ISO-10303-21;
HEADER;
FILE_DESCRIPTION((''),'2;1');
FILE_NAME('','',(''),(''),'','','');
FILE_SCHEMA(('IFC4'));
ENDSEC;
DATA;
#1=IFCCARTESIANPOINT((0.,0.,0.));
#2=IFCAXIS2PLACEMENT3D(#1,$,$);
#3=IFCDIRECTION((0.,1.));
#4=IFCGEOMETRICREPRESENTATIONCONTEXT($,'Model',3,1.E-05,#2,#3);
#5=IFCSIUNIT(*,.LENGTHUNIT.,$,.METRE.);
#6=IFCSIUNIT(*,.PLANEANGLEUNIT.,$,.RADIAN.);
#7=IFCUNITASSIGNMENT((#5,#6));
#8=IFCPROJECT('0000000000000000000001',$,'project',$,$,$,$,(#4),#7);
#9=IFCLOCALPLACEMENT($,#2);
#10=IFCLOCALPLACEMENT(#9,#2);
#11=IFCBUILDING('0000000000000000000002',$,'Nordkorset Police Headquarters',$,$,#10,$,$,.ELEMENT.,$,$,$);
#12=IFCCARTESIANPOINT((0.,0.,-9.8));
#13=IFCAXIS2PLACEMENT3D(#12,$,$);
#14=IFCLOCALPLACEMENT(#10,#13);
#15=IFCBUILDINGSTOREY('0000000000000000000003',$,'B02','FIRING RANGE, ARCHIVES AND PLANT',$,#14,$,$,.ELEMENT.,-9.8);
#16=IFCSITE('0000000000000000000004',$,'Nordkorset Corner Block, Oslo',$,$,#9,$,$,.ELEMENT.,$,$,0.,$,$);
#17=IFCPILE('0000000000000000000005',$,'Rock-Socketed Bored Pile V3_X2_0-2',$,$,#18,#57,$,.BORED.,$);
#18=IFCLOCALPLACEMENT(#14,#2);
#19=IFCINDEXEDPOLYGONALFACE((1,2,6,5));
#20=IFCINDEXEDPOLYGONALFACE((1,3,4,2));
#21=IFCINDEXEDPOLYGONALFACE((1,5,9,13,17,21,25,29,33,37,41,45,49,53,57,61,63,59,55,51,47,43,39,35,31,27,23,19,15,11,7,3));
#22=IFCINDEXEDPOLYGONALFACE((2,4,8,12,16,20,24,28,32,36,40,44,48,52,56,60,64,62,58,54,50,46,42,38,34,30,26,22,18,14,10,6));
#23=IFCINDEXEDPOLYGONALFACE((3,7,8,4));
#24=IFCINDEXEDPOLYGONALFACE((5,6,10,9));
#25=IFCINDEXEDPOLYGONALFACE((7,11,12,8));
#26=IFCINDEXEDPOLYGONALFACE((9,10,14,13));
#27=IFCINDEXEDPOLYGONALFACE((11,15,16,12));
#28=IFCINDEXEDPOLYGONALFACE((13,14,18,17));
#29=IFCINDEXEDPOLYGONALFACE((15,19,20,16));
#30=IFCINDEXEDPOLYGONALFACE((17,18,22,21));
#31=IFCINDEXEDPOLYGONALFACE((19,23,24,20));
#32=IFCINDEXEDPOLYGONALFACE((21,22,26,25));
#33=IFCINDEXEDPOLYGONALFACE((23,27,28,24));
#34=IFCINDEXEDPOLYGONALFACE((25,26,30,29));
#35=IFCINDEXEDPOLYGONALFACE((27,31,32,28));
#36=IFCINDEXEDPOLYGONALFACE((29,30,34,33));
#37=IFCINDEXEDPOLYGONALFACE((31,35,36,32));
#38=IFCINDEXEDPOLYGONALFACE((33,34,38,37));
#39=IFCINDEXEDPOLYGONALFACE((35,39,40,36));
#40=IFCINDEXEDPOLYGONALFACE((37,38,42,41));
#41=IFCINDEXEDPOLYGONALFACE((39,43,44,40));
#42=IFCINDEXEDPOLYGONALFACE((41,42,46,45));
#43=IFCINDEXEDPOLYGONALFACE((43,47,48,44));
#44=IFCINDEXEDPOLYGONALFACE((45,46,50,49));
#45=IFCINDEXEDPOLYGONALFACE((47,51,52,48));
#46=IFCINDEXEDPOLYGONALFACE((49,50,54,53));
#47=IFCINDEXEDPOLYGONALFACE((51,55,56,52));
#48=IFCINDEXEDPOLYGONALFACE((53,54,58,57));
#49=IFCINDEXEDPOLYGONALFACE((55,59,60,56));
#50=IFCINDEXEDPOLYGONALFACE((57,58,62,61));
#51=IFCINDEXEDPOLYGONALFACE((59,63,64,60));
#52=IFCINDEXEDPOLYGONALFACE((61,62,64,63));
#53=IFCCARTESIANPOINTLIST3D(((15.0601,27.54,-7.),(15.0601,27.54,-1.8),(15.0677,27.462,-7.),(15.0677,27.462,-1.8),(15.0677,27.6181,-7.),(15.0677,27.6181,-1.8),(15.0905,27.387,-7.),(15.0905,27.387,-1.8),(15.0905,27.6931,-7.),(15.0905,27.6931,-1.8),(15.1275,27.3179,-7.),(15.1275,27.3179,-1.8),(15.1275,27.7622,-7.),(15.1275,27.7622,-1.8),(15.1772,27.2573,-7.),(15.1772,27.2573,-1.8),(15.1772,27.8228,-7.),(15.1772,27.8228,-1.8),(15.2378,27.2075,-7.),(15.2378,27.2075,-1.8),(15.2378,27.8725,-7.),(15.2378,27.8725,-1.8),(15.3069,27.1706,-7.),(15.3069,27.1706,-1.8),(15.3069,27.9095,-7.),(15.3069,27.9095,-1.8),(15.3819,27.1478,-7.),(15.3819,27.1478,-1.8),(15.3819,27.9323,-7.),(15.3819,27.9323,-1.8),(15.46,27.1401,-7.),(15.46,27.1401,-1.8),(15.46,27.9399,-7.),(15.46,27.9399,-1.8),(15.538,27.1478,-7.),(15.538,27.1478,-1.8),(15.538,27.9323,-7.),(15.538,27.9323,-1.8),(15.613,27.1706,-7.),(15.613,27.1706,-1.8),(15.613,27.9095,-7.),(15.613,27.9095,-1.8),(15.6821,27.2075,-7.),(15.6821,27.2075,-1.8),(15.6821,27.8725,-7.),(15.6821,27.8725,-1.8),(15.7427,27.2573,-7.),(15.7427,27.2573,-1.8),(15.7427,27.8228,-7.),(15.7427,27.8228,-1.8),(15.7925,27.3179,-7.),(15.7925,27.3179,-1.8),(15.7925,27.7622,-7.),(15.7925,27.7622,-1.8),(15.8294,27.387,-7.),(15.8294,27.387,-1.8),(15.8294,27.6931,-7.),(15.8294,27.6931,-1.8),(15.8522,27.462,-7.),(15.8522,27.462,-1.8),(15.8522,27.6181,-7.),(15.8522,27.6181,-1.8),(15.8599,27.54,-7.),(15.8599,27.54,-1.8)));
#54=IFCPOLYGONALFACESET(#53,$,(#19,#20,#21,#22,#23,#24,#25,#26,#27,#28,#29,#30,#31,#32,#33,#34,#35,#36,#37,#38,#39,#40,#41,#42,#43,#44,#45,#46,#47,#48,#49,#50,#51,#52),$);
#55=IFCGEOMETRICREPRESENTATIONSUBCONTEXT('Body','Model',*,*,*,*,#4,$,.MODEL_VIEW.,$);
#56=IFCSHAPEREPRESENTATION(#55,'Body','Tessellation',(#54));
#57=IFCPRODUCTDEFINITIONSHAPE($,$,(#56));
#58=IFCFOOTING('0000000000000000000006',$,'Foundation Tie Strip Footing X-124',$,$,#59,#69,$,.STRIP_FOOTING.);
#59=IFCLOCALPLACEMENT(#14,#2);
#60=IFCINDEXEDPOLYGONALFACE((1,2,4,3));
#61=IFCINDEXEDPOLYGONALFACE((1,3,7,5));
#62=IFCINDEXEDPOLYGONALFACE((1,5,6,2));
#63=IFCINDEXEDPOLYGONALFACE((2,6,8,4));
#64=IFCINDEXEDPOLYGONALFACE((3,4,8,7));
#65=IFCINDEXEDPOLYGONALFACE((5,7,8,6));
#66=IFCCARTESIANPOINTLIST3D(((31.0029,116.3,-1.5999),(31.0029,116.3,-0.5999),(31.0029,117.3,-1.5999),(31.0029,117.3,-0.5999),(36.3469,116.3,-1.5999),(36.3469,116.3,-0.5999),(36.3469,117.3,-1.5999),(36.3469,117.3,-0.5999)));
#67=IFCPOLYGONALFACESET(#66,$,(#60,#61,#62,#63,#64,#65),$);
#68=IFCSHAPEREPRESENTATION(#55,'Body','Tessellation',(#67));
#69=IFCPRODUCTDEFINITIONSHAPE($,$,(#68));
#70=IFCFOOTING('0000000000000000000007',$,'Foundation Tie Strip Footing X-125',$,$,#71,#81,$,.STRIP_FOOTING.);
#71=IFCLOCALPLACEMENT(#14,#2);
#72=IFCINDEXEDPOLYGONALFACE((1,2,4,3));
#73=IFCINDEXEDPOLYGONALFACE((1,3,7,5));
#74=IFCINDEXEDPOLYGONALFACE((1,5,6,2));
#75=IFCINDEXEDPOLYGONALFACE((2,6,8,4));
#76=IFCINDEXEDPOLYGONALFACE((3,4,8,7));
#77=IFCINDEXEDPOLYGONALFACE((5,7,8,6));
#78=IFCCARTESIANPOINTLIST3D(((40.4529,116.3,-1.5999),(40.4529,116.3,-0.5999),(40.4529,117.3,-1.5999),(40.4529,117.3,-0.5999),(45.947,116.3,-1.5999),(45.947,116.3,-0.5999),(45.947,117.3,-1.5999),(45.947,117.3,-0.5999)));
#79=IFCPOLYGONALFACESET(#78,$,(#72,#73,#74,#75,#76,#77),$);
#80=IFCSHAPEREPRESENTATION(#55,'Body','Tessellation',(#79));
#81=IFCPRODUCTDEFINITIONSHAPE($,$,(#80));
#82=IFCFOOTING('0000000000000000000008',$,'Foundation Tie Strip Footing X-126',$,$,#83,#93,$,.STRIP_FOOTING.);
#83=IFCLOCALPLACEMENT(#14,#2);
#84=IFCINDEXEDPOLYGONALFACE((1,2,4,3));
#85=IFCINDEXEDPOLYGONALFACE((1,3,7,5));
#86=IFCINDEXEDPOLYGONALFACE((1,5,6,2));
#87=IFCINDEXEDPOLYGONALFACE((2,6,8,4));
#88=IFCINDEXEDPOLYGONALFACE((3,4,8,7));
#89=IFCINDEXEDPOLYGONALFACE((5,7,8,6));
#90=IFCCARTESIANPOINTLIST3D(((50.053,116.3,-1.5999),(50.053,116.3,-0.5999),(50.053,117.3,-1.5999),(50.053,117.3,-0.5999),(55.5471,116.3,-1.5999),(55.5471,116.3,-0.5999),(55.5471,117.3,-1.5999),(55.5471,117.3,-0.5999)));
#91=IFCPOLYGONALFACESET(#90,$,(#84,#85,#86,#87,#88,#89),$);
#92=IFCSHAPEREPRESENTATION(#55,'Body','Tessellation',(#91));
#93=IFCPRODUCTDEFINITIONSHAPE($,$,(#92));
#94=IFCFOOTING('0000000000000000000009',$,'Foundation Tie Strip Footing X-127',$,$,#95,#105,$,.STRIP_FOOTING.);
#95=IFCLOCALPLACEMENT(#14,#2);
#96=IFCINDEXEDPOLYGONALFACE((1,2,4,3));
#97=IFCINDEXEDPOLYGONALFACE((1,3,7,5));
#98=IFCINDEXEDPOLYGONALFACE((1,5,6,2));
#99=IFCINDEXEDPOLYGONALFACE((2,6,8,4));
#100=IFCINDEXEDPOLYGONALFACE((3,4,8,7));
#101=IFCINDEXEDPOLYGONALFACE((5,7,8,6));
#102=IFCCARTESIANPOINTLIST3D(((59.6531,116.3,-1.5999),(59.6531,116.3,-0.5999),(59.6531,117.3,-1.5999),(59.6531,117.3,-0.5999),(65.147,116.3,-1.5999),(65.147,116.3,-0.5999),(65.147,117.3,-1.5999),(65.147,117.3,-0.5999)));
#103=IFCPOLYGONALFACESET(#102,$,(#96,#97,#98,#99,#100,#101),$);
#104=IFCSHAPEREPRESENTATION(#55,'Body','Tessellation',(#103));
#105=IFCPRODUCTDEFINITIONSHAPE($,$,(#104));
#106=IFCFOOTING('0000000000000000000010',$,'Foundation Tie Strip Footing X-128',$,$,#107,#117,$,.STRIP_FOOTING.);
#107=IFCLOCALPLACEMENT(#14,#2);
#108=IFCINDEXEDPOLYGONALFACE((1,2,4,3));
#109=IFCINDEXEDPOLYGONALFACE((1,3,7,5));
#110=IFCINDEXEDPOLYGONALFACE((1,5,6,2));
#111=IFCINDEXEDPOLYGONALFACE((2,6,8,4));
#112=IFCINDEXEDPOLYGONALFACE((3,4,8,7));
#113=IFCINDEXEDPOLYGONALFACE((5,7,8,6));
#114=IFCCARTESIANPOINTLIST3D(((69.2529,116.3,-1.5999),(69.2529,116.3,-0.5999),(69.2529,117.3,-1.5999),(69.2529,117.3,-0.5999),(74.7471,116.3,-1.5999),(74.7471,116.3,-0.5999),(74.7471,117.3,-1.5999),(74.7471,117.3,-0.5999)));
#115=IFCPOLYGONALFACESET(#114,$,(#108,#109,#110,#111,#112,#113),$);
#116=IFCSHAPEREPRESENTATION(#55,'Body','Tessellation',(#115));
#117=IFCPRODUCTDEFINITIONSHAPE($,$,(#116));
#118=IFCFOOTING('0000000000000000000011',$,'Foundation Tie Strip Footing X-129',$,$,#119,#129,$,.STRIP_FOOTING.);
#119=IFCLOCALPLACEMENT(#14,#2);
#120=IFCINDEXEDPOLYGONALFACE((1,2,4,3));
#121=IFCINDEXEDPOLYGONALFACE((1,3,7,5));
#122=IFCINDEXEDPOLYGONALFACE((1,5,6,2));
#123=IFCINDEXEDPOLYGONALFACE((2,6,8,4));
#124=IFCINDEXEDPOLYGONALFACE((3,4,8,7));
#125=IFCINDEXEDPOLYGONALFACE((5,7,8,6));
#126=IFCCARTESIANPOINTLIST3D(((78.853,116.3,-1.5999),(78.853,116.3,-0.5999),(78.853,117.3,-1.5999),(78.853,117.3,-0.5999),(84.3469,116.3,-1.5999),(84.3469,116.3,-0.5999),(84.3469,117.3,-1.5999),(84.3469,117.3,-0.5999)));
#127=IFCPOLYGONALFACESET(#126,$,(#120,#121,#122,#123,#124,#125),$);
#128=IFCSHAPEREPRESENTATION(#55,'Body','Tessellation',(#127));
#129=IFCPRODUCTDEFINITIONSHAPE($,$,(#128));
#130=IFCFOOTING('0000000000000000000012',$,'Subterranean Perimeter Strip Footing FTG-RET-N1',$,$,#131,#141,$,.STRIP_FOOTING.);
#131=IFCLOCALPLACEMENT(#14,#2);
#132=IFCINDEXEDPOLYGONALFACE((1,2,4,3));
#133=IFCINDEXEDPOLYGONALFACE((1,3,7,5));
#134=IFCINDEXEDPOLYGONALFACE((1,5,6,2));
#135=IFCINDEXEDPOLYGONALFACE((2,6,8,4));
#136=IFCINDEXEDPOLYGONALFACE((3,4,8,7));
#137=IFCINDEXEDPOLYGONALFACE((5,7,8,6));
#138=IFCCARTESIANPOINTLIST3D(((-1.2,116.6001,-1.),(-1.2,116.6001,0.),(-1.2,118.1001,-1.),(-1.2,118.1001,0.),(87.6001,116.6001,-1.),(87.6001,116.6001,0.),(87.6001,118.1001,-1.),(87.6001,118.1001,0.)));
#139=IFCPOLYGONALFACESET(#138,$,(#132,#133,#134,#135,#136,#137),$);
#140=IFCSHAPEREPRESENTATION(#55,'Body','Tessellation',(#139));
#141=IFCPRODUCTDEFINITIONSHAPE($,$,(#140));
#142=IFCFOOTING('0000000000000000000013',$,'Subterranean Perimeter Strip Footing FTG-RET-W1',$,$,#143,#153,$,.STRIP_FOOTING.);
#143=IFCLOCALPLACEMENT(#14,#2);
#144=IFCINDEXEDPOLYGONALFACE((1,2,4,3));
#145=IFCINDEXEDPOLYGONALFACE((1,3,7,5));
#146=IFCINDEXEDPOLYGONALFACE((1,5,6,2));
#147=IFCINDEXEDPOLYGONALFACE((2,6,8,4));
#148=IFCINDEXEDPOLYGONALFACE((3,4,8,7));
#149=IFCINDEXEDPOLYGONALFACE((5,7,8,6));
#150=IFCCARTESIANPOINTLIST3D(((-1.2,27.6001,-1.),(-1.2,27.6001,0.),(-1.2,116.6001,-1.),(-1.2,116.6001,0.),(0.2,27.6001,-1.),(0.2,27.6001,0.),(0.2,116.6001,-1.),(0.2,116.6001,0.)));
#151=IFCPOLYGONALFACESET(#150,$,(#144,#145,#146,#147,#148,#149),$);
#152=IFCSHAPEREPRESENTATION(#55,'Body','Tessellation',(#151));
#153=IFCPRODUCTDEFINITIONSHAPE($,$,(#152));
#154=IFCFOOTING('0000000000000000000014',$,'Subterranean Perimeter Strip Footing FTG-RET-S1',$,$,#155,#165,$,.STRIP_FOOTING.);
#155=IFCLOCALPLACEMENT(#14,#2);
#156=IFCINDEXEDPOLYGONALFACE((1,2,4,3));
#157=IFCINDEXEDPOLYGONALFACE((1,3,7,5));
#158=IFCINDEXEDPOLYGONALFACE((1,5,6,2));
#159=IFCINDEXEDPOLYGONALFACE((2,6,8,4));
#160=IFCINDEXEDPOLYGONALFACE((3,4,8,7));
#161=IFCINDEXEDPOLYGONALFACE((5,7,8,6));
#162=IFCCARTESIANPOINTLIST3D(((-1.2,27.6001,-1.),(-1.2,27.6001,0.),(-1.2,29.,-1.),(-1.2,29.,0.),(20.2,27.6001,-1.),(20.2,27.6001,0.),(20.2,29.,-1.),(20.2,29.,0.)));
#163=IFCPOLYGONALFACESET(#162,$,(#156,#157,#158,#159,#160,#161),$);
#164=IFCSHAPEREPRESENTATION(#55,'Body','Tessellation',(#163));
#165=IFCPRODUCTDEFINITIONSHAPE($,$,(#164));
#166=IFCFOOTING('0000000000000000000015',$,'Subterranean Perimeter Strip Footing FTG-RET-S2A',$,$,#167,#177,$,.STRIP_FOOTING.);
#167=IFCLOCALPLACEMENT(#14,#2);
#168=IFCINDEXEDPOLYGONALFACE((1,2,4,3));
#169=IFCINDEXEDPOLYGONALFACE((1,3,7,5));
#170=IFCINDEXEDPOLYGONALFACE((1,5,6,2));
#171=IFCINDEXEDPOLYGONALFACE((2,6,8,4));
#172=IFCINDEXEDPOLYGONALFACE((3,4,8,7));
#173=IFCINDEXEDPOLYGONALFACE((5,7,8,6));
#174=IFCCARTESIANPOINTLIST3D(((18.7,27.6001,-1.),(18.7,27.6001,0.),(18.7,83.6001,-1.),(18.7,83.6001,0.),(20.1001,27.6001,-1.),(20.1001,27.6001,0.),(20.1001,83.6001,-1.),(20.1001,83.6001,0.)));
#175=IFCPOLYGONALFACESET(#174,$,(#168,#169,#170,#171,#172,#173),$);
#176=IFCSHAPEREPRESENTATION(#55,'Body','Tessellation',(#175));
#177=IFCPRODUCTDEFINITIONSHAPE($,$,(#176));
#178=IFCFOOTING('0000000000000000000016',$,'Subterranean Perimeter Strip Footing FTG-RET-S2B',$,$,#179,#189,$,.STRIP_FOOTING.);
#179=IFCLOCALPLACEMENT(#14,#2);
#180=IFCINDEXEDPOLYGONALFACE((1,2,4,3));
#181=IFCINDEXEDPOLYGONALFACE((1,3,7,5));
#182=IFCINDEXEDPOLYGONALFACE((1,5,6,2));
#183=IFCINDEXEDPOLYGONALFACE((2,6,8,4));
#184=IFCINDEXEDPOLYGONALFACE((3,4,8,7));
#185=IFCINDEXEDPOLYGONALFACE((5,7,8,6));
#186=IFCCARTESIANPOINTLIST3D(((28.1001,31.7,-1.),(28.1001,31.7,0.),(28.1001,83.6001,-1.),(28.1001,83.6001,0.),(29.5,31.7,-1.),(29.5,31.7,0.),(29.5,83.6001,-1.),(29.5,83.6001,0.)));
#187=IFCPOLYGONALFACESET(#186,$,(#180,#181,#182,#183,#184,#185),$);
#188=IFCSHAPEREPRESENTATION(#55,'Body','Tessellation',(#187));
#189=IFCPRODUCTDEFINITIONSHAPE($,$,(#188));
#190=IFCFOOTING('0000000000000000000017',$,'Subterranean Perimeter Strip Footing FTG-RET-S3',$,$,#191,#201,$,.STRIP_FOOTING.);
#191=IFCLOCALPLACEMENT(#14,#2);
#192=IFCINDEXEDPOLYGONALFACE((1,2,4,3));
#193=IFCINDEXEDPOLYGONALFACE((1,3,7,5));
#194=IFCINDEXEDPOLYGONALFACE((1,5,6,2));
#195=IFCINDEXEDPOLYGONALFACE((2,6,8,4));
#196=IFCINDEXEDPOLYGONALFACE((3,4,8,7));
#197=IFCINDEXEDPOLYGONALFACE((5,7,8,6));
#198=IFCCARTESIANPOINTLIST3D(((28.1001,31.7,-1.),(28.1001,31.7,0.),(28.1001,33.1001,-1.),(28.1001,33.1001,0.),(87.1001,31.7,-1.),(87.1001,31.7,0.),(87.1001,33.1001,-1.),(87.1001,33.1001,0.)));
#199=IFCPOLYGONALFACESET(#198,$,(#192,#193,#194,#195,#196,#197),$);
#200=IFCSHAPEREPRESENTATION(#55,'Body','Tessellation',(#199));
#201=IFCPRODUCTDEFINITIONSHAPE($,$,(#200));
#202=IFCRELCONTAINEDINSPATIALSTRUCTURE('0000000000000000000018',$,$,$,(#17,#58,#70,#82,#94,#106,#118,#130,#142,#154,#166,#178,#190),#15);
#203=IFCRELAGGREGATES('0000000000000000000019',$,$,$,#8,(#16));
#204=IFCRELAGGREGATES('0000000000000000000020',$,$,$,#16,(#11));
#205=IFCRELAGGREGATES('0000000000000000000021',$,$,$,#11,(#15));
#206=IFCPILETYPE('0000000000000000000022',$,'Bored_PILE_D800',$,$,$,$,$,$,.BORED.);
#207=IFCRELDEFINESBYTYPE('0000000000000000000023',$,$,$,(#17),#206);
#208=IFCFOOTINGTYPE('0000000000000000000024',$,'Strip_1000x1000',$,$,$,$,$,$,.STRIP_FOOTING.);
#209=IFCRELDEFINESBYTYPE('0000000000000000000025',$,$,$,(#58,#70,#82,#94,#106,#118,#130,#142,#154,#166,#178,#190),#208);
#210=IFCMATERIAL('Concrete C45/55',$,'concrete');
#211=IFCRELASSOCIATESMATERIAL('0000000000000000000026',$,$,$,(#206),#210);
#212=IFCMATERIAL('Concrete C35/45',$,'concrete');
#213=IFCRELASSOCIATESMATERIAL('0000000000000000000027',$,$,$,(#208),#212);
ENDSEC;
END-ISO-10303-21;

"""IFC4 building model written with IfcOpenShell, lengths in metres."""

from ifc_helpers import new_model, si_unit, direction, frame, origin, origin_2d, place, context, subcontext, project, spatial, polyline, circle, outline, extrude, material, material_profile, profile_set, type_object, element, save


model = new_model("IFC4")

# Units and contexts
model_context = context("Model", 3, precision=1e-05, world=origin(), true_north=direction((0.0, 1.0)))
body_context = subcontext(model_context, "Body", "Model", "MODEL_VIEW")
ifc_project = project(units=[si_unit("LENGTHUNIT", "METRE"), si_unit("PLANEANGLEUNIT", "RADIAN")], contexts=[model_context])

# Site, building, storey
site_placement = place(None, origin())
site = spatial("IfcSite", under=ifc_project, at=site_placement, Name="Nordkorset Corner Block, Oslo", CompositionType="ELEMENT", RefElevation=0.0)
building_placement = place(site_placement, origin())
building = spatial("IfcBuilding", under=site, at=building_placement, Name="Nordkorset Police Headquarters", CompositionType="ELEMENT")
storey_placement = place(building_placement, frame((0.0, 0.0, -9.8)))
storey = spatial("IfcBuildingStorey", under=building, at=storey_placement, Name="B02", Description="FIRING RANGE, ARCHIVES AND PLANT", CompositionType="ELEMENT", Elevation=-9.8)

# Pile
ifc_material_1 = material(Name="Concrete C45/55", Category="concrete")
ifc_material_profile = material_profile(ifc_material_1, circle(Radius=0.3999, at=origin_2d()), Name="PILE D800")
ifc_profile_set = profile_set([ifc_material_profile], Name="Concrete C45/55")
pile_type = type_object("IfcPileType", Name="Bored_PILE_D800", PredefinedType="BORED", material=ifc_profile_set)
for number, where, z_axis, x_axis, name in (
    (1, (15.46, 27.54, -1.8), (0.0, 0.0, -1.0), (1.0, 0.0, 0.0), "Rock-Socketed Bored Pile V3_X2_0-2"),
):
    element("IfcPile", number, at=place(storey_placement, frame(where, z_axis=z_axis, x_axis=x_axis)), inside=storey, type_object=pile_type, Name=name, PredefinedType="BORED", context=body_context, shape_type="SweptSolid", body=[
        extrude(circle(Radius=0.3999, at=origin_2d()), origin(), (0.0, 0.0, 1.0), 5.2),
    ])

# Footings
ifc_material_2 = material(Name="Concrete C35/45", Category="concrete")
footing_type = type_object("IfcFootingType", Name="Strip_1000x1000", PredefinedType="STRIP_FOOTING", material=ifc_material_2)
footing_1_placement = place(storey_placement, frame((0.0, 0.0, -1.5999)))
element("IfcFooting", 2, at=footing_1_placement, inside=storey, type_object=footing_type, Name="Foundation Tie Strip Footing X-124", PredefinedType="STRIP_FOOTING", context=body_context, shape_type="SweptSolid", body=[
    extrude(outline(polyline([(31.0029, 116.3), (36.3469, 116.3), (36.3469, 117.3), (31.0029, 117.3), (31.0029, 116.3)])), origin(), (0.0, 0.0, 1.0), 1.0),
])
footing_2_placement = place(storey_placement, frame((0.0, 0.0, -1.5999)))
element("IfcFooting", 3, at=footing_2_placement, inside=storey, type_object=footing_type, Name="Foundation Tie Strip Footing X-125", PredefinedType="STRIP_FOOTING", context=body_context, shape_type="SweptSolid", body=[
    extrude(outline(polyline([(40.4529, 116.3), (45.947, 116.3), (45.947, 117.3), (40.4529, 117.3), (40.4529, 116.3)])), origin(), (0.0, 0.0, 1.0), 1.0),
])
footing_3_placement = place(storey_placement, frame((0.0, 0.0, -1.5999)))
element("IfcFooting", 4, at=footing_3_placement, inside=storey, type_object=footing_type, Name="Foundation Tie Strip Footing X-126", PredefinedType="STRIP_FOOTING", context=body_context, shape_type="SweptSolid", body=[
    extrude(outline(polyline([(50.053, 116.3), (55.5471, 116.3), (55.5471, 117.3), (50.053, 117.3), (50.053, 116.3)])), origin(), (0.0, 0.0, 1.0), 1.0),
])
footing_4_placement = place(storey_placement, frame((0.0, 0.0, -1.5999)))
element("IfcFooting", 5, at=footing_4_placement, inside=storey, type_object=footing_type, Name="Foundation Tie Strip Footing X-127", PredefinedType="STRIP_FOOTING", context=body_context, shape_type="SweptSolid", body=[
    extrude(outline(polyline([(59.6531, 116.3), (65.147, 116.3), (65.147, 117.3), (59.6531, 117.3), (59.6531, 116.3)])), origin(), (0.0, 0.0, 1.0), 1.0),
])
footing_5_placement = place(storey_placement, frame((0.0, 0.0, -1.5999)))
element("IfcFooting", 6, at=footing_5_placement, inside=storey, type_object=footing_type, Name="Foundation Tie Strip Footing X-128", PredefinedType="STRIP_FOOTING", context=body_context, shape_type="SweptSolid", body=[
    extrude(outline(polyline([(69.2529, 116.3), (74.7471, 116.3), (74.7471, 117.3), (69.2529, 117.3), (69.2529, 116.3)])), origin(), (0.0, 0.0, 1.0), 1.0),
])
footing_6_placement = place(storey_placement, frame((0.0, 0.0, -1.5999)))
element("IfcFooting", 7, at=footing_6_placement, inside=storey, type_object=footing_type, Name="Foundation Tie Strip Footing X-129", PredefinedType="STRIP_FOOTING", context=body_context, shape_type="SweptSolid", body=[
    extrude(outline(polyline([(78.853, 116.3), (84.3469, 116.3), (84.3469, 117.3), (78.853, 117.3), (78.853, 116.3)])), origin(), (0.0, 0.0, 1.0), 1.0),
])
footing_7_placement = place(storey_placement, frame((0.0, 0.0, -1.0)))
element("IfcFooting", 8, at=footing_7_placement, inside=storey, type_object=footing_type, Name="Subterranean Perimeter Strip Footing FTG-RET-N1", PredefinedType="STRIP_FOOTING", context=body_context, shape_type="SweptSolid", body=[
    extrude(outline(polyline([(-1.2, 116.6001), (87.6001, 116.6001), (87.6001, 118.1001), (-1.2, 118.1001), (-1.2, 116.6001)])), origin(), (0.0, 0.0, 1.0), 1.0),
])
footing_8_placement = place(storey_placement, frame((0.0, 0.0, -1.0)))
element("IfcFooting", 9, at=footing_8_placement, inside=storey, type_object=footing_type, Name="Subterranean Perimeter Strip Footing FTG-RET-W1", PredefinedType="STRIP_FOOTING", context=body_context, shape_type="SweptSolid", body=[
    extrude(outline(polyline([(-1.2, 27.6001), (0.2, 27.6001), (0.2, 116.6001), (-1.2, 116.6001), (-1.2, 27.6001)])), origin(), (0.0, 0.0, 1.0), 1.0),
])
footing_9_placement = place(storey_placement, frame((0.0, 0.0, -1.0)))
element("IfcFooting", 10, at=footing_9_placement, inside=storey, type_object=footing_type, Name="Subterranean Perimeter Strip Footing FTG-RET-S1", PredefinedType="STRIP_FOOTING", context=body_context, shape_type="SweptSolid", body=[
    extrude(outline(polyline([(-1.2, 27.6001), (20.2, 27.6001), (20.2, 29.0), (-1.2, 29.0), (-1.2, 27.6001)])), origin(), (0.0, 0.0, 1.0), 1.0),
])
footing_10_placement = place(storey_placement, frame((0.0, 0.0, -1.0)))
element("IfcFooting", 11, at=footing_10_placement, inside=storey, type_object=footing_type, Name="Subterranean Perimeter Strip Footing FTG-RET-S2A", PredefinedType="STRIP_FOOTING", context=body_context, shape_type="SweptSolid", body=[
    extrude(outline(polyline([(18.7, 27.6001), (20.1001, 27.6001), (20.1001, 83.6001), (18.7, 83.6001), (18.7, 27.6001)])), origin(), (0.0, 0.0, 1.0), 1.0),
])
footing_11_placement = place(storey_placement, frame((0.0, 0.0, -1.0)))
element("IfcFooting", 12, at=footing_11_placement, inside=storey, type_object=footing_type, Name="Subterranean Perimeter Strip Footing FTG-RET-S2B", PredefinedType="STRIP_FOOTING", context=body_context, shape_type="SweptSolid", body=[
    extrude(outline(polyline([(28.1001, 31.7), (29.5, 31.7), (29.5, 83.6001), (28.1001, 83.6001), (28.1001, 31.7)])), origin(), (0.0, 0.0, 1.0), 1.0),
])
footing_12_placement = place(storey_placement, frame((0.0, 0.0, -1.0)))
element("IfcFooting", 13, at=footing_12_placement, inside=storey, type_object=footing_type, Name="Subterranean Perimeter Strip Footing FTG-RET-S3", PredefinedType="STRIP_FOOTING", context=body_context, shape_type="SweptSolid", body=[
    extrude(outline(polyline([(28.1001, 31.7), (87.1001, 31.7), (87.1001, 33.1001), (28.1001, 33.1001), (28.1001, 31.7)])), origin(), (0.0, 0.0, 1.0), 1.0),
])

save(model, "model.ifc")
